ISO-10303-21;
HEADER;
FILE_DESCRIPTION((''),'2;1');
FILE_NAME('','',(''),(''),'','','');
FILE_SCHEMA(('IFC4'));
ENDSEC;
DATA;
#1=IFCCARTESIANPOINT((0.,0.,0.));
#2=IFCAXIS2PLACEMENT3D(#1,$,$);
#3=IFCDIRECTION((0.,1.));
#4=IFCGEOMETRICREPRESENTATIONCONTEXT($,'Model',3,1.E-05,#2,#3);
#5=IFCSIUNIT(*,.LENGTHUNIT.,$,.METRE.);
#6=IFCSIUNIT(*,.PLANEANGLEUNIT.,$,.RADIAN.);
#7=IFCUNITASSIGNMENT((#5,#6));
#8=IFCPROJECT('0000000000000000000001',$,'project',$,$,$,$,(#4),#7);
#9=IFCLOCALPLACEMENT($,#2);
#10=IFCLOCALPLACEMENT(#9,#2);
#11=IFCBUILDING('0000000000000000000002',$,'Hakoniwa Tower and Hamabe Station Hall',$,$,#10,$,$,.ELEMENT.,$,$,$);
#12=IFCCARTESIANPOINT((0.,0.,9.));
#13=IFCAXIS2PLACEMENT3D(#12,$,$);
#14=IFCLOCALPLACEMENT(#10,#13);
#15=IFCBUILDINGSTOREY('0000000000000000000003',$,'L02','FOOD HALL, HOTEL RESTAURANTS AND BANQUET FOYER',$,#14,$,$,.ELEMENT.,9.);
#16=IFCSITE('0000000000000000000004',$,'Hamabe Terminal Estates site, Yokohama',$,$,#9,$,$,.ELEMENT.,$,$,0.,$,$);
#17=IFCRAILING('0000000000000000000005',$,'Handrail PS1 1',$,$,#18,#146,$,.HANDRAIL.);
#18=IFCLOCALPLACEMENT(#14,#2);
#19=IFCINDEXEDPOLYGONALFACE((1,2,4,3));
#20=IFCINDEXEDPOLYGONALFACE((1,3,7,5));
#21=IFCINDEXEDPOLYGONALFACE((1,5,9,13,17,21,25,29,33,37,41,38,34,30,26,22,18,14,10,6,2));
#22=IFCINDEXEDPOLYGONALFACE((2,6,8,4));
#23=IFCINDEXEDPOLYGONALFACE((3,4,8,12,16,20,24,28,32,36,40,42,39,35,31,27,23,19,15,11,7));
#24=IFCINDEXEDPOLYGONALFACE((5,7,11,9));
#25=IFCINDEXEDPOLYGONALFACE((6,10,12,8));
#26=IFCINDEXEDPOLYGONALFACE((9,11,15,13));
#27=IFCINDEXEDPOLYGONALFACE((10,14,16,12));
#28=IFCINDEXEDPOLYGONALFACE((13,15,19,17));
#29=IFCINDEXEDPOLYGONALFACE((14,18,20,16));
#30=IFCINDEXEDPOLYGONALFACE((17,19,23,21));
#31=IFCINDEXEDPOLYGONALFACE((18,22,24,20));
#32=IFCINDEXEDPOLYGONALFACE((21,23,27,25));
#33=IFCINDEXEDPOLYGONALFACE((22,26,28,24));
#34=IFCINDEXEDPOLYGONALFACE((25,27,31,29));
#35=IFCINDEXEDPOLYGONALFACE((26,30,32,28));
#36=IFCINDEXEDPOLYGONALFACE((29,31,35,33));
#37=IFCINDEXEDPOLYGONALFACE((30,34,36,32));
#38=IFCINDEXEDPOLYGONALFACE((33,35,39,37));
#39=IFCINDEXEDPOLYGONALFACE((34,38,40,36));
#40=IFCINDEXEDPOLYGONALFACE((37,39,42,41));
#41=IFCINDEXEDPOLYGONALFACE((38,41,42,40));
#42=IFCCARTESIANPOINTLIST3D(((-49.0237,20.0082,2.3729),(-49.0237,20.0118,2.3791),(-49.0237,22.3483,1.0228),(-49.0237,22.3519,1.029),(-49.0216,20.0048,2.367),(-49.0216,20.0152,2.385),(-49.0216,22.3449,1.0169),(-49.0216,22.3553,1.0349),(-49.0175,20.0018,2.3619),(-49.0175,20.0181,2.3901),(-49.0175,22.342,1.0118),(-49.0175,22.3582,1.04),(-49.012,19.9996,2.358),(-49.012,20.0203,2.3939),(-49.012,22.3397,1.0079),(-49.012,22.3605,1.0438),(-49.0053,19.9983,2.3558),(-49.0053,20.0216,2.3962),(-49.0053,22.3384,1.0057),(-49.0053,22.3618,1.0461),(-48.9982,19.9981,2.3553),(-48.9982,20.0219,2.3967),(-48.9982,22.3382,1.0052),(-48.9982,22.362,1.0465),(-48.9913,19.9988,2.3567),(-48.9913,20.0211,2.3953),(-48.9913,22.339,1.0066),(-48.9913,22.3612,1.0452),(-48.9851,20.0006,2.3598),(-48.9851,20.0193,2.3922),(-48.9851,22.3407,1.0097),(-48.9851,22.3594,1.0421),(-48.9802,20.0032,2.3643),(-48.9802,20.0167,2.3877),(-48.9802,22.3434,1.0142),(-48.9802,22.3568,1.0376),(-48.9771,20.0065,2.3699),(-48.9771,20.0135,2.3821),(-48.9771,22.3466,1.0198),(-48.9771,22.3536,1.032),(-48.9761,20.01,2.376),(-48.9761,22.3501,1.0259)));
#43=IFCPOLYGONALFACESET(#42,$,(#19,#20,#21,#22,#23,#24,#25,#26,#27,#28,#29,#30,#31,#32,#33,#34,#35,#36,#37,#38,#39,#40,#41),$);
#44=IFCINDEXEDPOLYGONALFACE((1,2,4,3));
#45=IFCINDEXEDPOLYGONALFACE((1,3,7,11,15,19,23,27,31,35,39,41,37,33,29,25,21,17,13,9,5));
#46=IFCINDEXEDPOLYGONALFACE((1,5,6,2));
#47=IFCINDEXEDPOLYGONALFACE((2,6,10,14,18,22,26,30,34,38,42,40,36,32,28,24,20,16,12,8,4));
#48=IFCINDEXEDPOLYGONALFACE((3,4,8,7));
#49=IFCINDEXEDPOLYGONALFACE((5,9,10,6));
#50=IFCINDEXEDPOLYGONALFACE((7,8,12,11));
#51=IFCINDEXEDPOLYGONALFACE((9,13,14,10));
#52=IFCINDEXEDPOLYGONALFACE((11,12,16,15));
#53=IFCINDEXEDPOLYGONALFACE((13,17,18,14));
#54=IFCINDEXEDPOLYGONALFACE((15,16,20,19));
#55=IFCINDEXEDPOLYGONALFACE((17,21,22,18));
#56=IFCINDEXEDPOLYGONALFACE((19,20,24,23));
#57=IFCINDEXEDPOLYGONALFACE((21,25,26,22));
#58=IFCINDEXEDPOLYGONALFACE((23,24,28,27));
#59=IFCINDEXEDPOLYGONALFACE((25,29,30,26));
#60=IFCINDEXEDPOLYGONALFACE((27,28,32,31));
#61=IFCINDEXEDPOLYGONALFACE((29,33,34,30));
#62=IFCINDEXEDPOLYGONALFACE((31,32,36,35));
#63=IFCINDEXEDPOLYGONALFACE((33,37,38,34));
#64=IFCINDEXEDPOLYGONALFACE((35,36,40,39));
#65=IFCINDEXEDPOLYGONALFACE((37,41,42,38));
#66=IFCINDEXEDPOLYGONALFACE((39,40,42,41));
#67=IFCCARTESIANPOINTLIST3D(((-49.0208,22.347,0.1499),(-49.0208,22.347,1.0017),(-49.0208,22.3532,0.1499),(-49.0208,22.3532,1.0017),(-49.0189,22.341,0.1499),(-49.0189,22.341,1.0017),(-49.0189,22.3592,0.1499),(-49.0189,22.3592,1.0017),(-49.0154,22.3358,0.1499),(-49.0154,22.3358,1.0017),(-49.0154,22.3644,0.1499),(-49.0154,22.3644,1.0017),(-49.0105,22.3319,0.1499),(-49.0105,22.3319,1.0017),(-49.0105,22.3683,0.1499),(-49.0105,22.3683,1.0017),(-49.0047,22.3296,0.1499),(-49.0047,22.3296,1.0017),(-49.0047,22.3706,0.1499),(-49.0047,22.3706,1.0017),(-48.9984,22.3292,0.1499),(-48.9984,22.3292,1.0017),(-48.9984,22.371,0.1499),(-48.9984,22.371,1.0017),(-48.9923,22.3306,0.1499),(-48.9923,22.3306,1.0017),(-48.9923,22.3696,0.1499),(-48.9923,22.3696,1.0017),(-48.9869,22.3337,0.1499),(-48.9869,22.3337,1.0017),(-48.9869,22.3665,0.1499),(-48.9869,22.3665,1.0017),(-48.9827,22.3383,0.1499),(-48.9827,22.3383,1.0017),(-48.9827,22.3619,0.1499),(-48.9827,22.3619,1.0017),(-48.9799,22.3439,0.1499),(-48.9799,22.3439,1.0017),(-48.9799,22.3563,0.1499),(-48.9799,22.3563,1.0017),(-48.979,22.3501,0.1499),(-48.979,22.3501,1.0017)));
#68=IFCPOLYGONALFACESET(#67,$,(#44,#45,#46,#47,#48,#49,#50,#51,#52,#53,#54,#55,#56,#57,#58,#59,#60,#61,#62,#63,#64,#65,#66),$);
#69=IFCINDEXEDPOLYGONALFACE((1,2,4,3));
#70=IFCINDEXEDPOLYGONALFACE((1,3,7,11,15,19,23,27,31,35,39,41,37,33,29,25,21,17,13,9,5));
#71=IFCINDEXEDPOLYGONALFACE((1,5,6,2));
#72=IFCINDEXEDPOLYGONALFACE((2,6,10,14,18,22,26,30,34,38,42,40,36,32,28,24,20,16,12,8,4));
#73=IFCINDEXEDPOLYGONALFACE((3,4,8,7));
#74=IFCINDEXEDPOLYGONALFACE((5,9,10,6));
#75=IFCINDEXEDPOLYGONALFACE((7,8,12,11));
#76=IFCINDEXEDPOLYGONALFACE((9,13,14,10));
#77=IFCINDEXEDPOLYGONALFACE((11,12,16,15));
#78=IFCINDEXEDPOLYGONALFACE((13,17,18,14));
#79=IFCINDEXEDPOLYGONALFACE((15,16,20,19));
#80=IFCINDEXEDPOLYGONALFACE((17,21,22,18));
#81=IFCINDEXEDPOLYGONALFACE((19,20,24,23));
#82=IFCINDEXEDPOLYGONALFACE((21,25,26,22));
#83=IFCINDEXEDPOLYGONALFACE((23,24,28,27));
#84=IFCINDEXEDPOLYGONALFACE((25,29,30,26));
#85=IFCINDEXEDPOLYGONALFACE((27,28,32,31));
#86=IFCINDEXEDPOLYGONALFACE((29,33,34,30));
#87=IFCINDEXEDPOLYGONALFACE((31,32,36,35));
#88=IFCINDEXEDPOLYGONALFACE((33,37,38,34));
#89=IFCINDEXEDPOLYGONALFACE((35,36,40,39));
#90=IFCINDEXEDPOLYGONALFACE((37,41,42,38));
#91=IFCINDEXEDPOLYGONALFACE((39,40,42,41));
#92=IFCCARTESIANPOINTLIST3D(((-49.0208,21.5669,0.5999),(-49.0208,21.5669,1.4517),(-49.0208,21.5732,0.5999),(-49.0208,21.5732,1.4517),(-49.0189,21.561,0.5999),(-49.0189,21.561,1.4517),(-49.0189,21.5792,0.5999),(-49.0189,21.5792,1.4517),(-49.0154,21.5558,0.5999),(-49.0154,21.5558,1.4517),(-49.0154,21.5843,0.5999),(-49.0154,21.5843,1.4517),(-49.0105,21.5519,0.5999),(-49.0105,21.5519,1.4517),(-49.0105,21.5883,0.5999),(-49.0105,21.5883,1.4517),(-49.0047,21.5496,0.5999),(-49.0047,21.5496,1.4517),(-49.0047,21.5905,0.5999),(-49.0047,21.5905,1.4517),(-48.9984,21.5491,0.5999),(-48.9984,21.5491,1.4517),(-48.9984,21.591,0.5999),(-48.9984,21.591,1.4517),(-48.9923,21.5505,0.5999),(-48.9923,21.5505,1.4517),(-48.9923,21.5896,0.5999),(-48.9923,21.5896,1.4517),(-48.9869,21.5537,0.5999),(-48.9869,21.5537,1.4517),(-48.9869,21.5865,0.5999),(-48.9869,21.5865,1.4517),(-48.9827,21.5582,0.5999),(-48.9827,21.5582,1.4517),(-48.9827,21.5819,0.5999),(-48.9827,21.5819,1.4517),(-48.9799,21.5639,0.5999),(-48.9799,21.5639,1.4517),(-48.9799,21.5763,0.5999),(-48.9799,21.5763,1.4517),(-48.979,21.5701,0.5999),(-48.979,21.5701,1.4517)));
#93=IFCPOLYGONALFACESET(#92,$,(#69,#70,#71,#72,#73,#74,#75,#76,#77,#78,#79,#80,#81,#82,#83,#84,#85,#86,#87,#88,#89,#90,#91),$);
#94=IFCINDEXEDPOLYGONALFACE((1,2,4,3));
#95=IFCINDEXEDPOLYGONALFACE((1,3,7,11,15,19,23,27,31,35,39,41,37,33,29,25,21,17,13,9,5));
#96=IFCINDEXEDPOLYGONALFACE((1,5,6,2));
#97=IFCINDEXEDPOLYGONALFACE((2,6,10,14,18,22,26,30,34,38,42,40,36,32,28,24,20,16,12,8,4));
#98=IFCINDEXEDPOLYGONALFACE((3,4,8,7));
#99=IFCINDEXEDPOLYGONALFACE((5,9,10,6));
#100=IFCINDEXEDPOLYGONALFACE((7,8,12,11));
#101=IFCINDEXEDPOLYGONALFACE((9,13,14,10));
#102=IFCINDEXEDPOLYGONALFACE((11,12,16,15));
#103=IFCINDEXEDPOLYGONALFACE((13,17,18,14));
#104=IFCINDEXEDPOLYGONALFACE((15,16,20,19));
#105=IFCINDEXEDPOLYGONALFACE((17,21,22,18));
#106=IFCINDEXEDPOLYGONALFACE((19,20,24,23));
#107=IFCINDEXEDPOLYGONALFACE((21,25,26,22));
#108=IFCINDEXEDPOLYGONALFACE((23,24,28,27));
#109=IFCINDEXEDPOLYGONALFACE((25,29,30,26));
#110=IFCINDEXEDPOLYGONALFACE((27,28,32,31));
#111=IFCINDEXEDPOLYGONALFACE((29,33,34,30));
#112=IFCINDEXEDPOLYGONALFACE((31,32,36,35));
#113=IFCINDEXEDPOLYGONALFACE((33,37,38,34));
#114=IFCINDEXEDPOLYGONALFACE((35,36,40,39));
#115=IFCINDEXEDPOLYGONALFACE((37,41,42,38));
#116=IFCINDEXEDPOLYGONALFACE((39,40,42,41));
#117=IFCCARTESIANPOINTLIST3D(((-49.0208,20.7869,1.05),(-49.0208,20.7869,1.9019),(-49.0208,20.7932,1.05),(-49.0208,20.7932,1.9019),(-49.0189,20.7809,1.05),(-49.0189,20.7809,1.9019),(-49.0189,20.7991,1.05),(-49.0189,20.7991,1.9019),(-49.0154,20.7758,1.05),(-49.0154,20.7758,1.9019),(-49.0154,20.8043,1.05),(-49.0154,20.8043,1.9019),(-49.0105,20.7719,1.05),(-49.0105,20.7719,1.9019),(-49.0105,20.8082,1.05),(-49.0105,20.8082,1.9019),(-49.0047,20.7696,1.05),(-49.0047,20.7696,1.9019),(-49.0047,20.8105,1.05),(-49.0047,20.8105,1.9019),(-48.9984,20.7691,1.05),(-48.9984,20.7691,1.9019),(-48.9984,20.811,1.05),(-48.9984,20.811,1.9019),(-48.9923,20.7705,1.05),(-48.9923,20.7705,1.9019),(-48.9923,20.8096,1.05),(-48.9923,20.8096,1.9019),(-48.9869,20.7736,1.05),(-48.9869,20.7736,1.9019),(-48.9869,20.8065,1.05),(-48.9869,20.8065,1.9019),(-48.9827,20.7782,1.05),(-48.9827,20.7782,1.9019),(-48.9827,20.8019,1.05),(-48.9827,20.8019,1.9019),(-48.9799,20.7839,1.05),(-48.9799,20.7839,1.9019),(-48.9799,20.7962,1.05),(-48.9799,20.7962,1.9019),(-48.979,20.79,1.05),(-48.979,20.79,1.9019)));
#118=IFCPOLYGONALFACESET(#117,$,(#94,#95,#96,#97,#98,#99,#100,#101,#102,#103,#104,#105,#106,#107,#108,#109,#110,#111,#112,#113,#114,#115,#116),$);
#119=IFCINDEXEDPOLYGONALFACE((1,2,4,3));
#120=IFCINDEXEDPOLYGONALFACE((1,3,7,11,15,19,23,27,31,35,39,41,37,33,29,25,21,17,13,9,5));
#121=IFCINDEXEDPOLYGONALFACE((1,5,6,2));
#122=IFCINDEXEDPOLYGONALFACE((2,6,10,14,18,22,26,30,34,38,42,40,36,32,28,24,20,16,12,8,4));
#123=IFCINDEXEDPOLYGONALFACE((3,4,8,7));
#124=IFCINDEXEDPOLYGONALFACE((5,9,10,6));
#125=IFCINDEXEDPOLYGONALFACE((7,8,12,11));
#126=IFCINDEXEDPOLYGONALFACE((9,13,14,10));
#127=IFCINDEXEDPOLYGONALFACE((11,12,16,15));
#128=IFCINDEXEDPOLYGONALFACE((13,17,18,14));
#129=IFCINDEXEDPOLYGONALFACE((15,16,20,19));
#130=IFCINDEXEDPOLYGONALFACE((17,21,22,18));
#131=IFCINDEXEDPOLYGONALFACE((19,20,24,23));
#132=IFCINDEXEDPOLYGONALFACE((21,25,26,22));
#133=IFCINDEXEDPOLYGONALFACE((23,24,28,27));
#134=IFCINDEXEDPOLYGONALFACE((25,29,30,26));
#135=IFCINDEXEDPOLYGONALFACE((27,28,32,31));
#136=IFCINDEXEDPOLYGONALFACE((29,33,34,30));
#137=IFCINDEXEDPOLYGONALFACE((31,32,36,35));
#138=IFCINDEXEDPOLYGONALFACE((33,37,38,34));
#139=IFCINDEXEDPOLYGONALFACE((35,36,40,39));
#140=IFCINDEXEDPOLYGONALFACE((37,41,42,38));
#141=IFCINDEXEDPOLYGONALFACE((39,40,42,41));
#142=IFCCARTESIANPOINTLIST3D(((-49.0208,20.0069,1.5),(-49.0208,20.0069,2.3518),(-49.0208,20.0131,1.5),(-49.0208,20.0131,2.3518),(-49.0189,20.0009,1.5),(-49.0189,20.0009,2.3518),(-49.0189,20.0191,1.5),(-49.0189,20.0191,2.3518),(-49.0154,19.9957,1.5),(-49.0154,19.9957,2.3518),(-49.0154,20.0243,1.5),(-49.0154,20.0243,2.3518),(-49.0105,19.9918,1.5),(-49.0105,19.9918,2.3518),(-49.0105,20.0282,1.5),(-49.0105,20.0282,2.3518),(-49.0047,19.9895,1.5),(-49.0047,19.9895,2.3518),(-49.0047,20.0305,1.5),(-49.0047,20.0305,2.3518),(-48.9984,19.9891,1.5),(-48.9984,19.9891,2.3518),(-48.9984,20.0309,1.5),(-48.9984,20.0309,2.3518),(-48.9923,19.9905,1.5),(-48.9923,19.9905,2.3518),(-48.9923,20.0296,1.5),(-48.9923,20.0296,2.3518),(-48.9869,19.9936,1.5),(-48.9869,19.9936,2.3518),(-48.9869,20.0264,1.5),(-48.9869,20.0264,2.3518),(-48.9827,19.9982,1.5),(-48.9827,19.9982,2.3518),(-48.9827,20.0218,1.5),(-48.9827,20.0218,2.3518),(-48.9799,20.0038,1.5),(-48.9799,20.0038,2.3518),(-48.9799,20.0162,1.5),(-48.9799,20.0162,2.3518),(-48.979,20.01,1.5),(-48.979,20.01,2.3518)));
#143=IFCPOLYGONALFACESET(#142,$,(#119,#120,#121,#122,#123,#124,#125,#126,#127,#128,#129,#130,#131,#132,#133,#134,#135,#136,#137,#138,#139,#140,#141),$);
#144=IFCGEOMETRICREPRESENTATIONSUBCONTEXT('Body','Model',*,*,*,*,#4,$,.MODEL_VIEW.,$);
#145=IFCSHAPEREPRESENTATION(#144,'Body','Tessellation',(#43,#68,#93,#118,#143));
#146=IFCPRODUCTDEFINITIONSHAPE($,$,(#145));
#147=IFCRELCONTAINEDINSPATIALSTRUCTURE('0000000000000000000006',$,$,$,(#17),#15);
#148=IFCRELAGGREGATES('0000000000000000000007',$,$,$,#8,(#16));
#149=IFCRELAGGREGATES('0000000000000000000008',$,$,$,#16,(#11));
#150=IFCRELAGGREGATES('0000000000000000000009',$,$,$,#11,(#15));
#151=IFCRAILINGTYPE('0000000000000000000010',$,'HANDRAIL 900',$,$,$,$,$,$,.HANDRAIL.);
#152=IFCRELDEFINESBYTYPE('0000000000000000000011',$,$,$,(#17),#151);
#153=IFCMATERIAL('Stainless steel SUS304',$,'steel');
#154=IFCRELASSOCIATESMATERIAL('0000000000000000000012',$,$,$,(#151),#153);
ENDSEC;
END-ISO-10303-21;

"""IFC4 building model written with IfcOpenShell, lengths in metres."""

from ifc_helpers import new_model, si_unit, direction, frame, origin, origin_2d, place, context, subcontext, project, spatial, circle, extrude, material, type_object, element, save


model = new_model("IFC4")

# Units and contexts
model_context = context("Model", 3, precision=1e-05, world=origin(), true_north=direction((0.0, 1.0)))
body_context = subcontext(model_context, "Body", "Model", "MODEL_VIEW")
ifc_project = project(units=[si_unit("LENGTHUNIT", "METRE"), si_unit("PLANEANGLEUNIT", "RADIAN")], contexts=[model_context])

# Site, building, storey
site_placement = place(None, origin())
site = spatial("IfcSite", under=ifc_project, at=site_placement, Name="Hamabe Terminal Estates site, Yokohama", CompositionType="ELEMENT", RefElevation=0.0)
building_placement = place(site_placement, origin())
building = spatial("IfcBuilding", under=site, at=building_placement, Name="Hakoniwa Tower and Hamabe Station Hall", CompositionType="ELEMENT")
storey_placement = place(building_placement, frame((0.0, 0.0, 9.0)))
storey = spatial("IfcBuildingStorey", under=building, at=storey_placement, Name="L02", Description="FOOD HALL, HOTEL RESTAURANTS AND BANQUET FOYER", CompositionType="ELEMENT", Elevation=9.0)

# Railing
ifc_material_1 = material(Name="Stainless steel SUS304", Category="steel")
railing_type_1 = type_object("IfcRailingType", Name="HANDRAIL 900", PredefinedType="HANDRAIL", material=ifc_material_1)
for number, where, name in (
    (1, (-49.0, 22.3501, 0.1499), "Handrail PS1 1"),
):
    element("IfcRailing", number, at=place(storey_placement, frame(where)), inside=storey, type_object=railing_type_1, Name=name, PredefinedType="HANDRAIL", context=body_context, shape_type="SweptSolid", body=[
        extrude(circle(Radius=0.0239, at=origin_2d()), frame((0.0, 0.0, 0.876), z_axis=(0.0, -0.866178, 0.499735), x_axis=(1.0, 0.0, 0.0)), (0.0, 0.0, 1.0), 2.7017),
        extrude(circle(Radius=0.021, at=origin_2d()), origin(), (0.0, 0.0, 1.0), 0.8518),
        extrude(circle(Radius=0.021, at=origin_2d()), frame((0.0, -0.78, 0.45)), (0.0, 0.0, 1.0), 0.8518),
        extrude(circle(Radius=0.021, at=origin_2d()), frame((0.0, -1.5601, 0.9001)), (0.0, 0.0, 1.0), 0.8518),
        extrude(circle(Radius=0.021, at=origin_2d()), frame((0.0, -2.3401, 1.3501)), (0.0, 0.0, 1.0), 0.8518),
    ])

save(model, "model.ifc")
